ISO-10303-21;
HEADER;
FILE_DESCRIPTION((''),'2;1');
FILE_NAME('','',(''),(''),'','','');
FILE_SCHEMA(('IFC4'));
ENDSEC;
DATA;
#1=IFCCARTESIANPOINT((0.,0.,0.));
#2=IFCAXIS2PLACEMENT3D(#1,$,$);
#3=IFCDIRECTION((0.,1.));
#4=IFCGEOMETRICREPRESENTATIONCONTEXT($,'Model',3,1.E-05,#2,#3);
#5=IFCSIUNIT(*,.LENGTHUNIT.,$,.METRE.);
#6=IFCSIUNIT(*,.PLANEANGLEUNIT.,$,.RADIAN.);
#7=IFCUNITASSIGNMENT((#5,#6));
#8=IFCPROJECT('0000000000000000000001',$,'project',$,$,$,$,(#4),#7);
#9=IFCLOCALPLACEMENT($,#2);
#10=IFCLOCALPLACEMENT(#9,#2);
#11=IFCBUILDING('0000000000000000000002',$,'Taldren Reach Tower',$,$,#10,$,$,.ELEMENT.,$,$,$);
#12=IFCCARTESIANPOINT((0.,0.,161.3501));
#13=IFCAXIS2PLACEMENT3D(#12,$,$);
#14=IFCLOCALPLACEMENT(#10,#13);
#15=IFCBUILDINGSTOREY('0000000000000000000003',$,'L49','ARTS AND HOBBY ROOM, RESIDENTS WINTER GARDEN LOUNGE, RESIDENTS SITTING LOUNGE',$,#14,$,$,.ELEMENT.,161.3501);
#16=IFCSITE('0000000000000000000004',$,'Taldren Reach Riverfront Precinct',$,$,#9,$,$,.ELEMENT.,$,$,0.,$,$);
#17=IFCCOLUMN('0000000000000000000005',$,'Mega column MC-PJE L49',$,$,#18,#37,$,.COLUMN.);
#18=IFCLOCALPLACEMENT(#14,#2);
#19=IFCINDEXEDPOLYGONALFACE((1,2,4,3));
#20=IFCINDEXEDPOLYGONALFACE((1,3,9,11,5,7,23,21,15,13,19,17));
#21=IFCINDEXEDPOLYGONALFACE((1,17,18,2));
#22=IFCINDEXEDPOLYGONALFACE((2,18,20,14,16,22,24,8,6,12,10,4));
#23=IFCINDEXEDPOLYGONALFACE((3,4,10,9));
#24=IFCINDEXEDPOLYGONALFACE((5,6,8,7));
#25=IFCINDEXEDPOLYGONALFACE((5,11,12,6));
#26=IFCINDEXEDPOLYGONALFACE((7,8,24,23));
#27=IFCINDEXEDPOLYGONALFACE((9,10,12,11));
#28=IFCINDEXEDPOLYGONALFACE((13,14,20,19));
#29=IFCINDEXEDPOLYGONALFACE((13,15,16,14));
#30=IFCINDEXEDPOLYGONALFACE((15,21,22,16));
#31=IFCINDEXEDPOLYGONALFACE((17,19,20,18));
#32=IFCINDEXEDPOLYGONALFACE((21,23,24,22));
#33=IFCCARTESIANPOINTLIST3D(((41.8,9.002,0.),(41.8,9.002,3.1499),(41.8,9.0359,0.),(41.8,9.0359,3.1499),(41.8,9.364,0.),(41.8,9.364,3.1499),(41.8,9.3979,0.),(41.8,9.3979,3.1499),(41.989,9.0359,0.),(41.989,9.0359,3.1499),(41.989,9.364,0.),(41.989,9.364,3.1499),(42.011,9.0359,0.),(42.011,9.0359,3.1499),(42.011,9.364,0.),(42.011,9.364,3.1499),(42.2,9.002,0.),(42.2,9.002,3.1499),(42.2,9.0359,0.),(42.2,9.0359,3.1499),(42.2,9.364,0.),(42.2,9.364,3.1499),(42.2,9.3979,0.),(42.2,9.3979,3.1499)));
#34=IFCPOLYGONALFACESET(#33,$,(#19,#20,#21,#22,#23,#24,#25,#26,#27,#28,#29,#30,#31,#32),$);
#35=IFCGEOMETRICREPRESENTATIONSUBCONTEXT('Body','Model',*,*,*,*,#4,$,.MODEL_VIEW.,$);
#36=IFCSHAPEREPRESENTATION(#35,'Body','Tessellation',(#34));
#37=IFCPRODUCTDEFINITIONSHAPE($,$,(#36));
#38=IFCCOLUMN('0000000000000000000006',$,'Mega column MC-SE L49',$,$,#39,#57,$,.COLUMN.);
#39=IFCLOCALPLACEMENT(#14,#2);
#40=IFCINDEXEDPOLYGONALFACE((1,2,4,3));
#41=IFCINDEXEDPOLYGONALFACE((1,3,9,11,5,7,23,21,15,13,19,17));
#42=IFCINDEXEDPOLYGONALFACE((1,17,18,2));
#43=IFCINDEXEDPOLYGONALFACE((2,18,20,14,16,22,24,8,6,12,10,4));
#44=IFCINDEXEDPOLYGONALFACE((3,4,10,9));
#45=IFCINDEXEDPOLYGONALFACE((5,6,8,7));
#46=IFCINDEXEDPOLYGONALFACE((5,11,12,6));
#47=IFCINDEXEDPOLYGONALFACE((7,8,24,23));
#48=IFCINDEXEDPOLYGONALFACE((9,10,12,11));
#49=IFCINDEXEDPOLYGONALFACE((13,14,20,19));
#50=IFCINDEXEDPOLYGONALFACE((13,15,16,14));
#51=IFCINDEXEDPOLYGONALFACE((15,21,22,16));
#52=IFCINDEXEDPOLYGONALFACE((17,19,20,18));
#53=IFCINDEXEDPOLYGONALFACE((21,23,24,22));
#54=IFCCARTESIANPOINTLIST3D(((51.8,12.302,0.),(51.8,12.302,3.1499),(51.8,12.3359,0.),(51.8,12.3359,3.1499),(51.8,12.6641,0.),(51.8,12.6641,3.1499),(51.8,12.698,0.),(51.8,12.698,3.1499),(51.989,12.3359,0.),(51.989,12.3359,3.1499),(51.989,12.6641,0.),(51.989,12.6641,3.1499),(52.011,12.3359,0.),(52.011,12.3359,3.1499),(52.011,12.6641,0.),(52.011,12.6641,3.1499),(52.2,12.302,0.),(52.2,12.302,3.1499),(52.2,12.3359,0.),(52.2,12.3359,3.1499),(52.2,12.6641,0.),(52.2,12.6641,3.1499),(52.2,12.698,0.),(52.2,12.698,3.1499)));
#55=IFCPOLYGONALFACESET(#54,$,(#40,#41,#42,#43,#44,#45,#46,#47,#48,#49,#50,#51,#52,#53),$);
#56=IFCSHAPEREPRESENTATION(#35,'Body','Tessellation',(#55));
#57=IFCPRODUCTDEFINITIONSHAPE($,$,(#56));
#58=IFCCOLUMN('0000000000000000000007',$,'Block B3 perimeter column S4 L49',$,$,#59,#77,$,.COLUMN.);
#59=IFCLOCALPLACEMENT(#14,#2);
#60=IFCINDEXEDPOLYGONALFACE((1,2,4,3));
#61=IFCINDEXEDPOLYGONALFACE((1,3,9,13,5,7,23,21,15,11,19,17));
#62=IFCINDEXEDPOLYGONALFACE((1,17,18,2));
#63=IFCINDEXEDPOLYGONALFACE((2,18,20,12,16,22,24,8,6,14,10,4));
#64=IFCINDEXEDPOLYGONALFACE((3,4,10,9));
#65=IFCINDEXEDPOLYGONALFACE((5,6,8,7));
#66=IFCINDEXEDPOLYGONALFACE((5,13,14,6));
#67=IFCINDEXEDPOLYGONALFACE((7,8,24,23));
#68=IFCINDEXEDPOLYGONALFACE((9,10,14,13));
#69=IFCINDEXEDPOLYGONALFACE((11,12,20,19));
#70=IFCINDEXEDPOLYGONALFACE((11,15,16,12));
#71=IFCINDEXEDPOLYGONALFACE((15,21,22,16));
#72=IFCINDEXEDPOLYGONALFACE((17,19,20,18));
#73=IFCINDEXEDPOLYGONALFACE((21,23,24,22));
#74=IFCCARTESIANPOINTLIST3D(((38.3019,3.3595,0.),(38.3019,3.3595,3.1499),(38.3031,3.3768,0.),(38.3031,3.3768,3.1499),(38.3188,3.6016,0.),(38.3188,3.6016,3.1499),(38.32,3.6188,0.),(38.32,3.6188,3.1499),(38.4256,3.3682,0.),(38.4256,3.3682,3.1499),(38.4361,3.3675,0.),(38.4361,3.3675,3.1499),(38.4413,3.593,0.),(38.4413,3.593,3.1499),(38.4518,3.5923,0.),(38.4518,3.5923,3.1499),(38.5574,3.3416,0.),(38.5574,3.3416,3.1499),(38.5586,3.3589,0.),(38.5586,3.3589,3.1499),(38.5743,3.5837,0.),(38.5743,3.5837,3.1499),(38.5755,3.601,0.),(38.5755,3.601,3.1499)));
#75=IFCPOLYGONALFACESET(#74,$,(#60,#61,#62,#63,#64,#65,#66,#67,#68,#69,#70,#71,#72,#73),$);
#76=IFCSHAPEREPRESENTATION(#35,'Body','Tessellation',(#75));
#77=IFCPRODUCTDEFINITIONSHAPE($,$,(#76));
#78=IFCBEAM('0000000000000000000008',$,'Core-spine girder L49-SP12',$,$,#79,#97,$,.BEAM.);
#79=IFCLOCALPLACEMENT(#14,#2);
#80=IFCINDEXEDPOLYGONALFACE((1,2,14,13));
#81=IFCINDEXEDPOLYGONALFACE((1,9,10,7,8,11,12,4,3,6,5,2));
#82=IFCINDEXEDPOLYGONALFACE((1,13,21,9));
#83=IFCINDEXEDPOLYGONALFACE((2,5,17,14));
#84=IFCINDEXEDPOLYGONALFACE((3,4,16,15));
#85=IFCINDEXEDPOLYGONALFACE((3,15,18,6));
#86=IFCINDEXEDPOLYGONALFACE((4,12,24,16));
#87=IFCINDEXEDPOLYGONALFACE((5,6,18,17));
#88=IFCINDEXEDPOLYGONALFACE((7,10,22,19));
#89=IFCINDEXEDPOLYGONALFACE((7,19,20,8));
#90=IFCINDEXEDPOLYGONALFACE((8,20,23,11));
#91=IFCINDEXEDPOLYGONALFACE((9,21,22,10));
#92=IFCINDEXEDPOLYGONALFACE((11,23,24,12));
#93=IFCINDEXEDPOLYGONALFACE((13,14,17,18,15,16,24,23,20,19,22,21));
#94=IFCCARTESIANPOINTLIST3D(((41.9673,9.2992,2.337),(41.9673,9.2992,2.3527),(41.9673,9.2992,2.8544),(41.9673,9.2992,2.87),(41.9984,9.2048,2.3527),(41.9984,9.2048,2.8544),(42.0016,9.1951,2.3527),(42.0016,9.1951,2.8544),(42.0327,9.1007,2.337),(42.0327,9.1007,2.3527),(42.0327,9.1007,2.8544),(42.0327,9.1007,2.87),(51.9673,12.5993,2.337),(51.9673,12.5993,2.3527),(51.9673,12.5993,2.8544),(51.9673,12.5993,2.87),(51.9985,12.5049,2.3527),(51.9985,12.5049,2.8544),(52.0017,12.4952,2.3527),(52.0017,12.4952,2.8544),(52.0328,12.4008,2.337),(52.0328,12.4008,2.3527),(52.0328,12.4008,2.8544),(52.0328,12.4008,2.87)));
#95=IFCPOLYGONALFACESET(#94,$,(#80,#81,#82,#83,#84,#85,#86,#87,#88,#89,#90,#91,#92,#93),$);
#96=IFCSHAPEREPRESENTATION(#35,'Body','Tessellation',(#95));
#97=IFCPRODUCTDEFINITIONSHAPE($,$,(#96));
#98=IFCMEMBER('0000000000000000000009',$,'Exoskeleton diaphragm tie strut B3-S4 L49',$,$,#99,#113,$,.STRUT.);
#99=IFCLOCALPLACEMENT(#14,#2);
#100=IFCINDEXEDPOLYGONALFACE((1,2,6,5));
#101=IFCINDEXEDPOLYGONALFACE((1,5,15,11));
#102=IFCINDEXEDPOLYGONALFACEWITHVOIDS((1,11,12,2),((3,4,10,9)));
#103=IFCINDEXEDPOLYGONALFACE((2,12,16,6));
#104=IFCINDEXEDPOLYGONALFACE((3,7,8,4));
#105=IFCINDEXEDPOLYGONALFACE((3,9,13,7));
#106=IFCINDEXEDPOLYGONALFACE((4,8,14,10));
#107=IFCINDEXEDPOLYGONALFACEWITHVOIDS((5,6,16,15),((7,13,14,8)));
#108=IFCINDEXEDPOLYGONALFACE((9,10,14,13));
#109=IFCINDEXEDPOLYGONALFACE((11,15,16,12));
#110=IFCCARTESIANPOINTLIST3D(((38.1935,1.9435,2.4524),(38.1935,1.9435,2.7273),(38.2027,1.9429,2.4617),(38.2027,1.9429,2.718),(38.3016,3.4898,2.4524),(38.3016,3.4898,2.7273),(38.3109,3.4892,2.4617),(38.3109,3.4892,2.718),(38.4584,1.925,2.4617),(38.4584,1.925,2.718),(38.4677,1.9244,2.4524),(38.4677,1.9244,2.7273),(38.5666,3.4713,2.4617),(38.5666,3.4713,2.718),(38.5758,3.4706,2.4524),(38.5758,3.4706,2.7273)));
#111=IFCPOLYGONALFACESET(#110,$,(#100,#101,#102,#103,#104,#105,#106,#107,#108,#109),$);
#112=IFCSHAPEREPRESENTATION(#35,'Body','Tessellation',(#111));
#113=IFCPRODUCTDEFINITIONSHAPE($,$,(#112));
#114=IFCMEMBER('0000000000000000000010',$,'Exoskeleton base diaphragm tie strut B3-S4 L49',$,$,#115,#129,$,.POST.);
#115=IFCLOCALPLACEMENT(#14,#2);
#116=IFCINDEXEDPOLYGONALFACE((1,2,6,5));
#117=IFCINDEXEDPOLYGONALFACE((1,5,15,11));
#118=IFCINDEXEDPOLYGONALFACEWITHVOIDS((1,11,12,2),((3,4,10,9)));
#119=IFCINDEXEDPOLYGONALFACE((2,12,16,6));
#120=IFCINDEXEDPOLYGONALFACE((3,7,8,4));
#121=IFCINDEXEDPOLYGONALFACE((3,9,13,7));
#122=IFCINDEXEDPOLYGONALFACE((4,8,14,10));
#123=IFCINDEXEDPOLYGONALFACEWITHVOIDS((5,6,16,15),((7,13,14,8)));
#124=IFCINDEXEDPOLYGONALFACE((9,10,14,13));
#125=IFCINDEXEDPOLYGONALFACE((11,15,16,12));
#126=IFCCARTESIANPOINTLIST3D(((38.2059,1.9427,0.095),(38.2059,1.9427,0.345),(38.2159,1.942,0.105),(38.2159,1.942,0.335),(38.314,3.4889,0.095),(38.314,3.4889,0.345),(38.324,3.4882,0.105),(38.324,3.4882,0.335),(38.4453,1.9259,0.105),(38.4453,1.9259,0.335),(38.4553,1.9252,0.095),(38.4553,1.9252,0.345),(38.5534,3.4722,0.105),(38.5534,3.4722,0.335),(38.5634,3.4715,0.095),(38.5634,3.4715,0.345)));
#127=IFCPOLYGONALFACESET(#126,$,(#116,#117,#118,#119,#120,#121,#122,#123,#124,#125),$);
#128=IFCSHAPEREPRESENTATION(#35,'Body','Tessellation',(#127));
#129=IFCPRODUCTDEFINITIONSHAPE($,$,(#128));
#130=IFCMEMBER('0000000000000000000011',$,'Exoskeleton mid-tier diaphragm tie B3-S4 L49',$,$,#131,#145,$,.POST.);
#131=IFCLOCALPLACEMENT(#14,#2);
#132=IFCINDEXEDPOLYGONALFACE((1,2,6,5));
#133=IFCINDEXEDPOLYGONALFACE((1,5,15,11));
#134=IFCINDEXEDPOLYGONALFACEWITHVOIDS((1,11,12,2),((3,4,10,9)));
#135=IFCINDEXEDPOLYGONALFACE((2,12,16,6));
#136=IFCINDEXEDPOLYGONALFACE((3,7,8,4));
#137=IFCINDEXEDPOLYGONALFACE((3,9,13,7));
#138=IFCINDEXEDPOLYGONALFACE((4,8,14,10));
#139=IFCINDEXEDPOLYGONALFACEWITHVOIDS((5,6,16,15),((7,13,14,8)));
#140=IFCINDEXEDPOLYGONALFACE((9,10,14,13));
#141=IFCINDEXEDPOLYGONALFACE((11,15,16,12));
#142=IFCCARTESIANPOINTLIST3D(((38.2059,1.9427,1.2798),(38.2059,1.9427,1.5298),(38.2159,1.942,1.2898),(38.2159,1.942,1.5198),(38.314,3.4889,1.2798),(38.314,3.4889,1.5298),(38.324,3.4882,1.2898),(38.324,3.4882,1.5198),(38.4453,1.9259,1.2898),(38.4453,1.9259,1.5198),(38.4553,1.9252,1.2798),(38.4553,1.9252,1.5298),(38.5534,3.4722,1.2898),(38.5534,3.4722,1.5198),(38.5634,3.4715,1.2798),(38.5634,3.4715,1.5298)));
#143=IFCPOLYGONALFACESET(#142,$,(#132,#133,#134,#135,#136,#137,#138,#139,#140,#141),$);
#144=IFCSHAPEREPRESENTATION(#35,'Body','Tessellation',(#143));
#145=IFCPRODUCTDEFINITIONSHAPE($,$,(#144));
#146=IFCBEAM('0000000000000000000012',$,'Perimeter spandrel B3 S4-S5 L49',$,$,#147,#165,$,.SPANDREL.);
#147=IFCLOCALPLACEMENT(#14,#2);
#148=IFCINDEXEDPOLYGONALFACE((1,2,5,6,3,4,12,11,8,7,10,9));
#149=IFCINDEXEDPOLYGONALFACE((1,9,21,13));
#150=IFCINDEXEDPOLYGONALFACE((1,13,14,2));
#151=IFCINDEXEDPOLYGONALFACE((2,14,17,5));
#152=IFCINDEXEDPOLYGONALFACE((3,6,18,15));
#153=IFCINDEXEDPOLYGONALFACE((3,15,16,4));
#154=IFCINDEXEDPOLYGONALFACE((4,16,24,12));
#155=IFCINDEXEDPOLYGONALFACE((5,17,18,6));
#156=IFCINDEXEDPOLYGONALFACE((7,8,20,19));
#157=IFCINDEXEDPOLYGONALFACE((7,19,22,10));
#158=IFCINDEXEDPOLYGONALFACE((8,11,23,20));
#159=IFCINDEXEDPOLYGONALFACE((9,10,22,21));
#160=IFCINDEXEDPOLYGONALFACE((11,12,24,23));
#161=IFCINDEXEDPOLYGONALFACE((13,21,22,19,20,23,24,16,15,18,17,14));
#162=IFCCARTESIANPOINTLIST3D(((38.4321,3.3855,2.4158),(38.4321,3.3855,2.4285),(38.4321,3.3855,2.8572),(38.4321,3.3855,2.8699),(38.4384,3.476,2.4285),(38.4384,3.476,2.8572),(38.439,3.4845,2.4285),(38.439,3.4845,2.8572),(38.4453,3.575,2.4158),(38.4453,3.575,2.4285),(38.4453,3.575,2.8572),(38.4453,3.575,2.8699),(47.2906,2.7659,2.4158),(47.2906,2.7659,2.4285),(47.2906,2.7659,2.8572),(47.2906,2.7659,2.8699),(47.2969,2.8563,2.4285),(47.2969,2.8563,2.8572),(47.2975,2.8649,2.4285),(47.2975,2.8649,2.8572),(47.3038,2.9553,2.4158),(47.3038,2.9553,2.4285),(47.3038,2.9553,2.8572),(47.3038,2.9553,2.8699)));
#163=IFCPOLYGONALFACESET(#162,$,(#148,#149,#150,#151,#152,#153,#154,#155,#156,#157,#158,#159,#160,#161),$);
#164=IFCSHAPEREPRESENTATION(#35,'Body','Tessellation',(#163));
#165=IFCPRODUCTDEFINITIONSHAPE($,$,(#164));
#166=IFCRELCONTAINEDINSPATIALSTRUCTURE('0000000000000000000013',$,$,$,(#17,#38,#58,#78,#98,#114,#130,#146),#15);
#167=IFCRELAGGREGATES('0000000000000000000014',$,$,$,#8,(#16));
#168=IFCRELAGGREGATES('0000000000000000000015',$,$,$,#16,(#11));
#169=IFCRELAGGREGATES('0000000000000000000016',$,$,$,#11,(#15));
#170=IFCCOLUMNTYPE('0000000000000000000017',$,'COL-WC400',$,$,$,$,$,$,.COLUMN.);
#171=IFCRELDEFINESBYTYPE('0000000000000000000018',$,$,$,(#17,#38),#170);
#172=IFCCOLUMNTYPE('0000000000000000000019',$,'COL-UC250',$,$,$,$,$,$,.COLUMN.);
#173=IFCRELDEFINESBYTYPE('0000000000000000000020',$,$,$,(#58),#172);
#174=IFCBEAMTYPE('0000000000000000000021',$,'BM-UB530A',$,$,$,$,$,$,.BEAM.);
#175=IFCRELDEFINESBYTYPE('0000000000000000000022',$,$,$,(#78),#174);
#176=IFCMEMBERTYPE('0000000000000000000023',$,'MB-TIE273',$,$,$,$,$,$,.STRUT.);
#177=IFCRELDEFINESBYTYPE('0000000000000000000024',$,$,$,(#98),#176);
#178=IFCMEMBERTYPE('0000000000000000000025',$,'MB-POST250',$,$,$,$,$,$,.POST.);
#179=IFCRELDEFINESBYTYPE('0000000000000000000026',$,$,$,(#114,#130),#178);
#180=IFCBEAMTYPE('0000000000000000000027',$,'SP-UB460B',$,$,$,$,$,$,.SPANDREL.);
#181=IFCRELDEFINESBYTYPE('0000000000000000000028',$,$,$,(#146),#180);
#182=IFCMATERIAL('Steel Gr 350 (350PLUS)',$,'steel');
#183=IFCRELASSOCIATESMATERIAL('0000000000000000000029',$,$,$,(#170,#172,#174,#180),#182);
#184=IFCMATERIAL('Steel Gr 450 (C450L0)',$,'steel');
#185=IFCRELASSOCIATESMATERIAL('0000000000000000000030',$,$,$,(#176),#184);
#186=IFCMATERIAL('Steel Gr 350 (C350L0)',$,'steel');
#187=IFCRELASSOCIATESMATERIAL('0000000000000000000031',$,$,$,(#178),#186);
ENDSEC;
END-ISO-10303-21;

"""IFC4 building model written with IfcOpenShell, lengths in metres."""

from ifc_helpers import new_model, si_unit, direction, frame, origin, origin_2d, place, context, subcontext, project, spatial, hollow_rectangle, i_section, extrude, source, transform, mapped, material, material_profile, profile_set, type_object, element, save


model = new_model("IFC4")

# Units and contexts
model_context = context("Model", 3, precision=1e-05, world=origin(), true_north=direction((0.0, 1.0)))
body_context = subcontext(model_context, "Body", "Model", "MODEL_VIEW")
ifc_project = project(units=[si_unit("LENGTHUNIT", "METRE"), si_unit("PLANEANGLEUNIT", "RADIAN")], contexts=[model_context])

# Site, building, storey
site_placement = place(None, origin())
site = spatial("IfcSite", under=ifc_project, at=site_placement, Name="Taldren Reach Riverfront Precinct", CompositionType="ELEMENT", RefElevation=0.0)
building_placement = place(site_placement, origin())
building = spatial("IfcBuilding", under=site, at=building_placement, Name="Taldren Reach Tower", CompositionType="ELEMENT")
storey_placement = place(building_placement, frame((0.0, 0.0, 161.3501)))
storey = spatial("IfcBuildingStorey", under=building, at=storey_placement, Name="L49", Description="ARTS AND HOBBY ROOM, RESIDENTS WINTER GARDEN LOUNGE, RESIDENTS SITTING LOUNGE", CompositionType="ELEMENT", Elevation=161.3501)

# Columns
ifc_material_1 = material(Name="Steel Gr 350 (350PLUS)", Category="steel")
ifc_material_profile_1 = material_profile(ifc_material_1, i_section(OverallWidth=0.3999, OverallDepth=0.396, WebThickness=0.022, FlangeThickness=0.0339, at=origin_2d()), Name="400WC270")
ifc_profile_set_1 = profile_set([ifc_material_profile_1], Name="Steel Gr 350 (350PLUS)")
column_type_1 = type_object("IfcColumnType", Name="COL-WC400", PredefinedType="COLUMN", material=ifc_profile_set_1)
shared_shape_1 = source(origin(), body_context, "Body", "SweptSolid", [
    extrude(i_section(OverallWidth=0.3999, OverallDepth=0.396, WebThickness=0.022, FlangeThickness=0.0339, at=origin_2d()), origin(), (0.0, 0.0, 1.0), 3.1499),
])
for number, where, z_axis, x_axis, name in (
    (1, (42.0, 9.2, 0.0), (0.0, 0.0, 1.0), (1.0, 0.0, 0.0), "Mega column MC-PJE L49"),
    (2, (52.0, 12.5, 0.0), (0.0, 0.0, 1.0), (1.0, 0.0, 0.0), "Mega column MC-SE L49"),
):
    element("IfcColumn", number, at=place(storey_placement, frame(where, z_axis=z_axis, x_axis=x_axis)), inside=storey, type_object=column_type_1, Name=name, PredefinedType="COLUMN", context=body_context, shape_type="MappedRepresentation", body=[
        mapped(shared_shape_1, transform((0.0, 0.0, 0.0), scale=1.0)),
    ])
ifc_material_profile_2 = material_profile(ifc_material_1, i_section(OverallWidth=0.2561, OverallDepth=0.26, WebThickness=0.0105, FlangeThickness=0.0173, at=origin_2d()), Name="250UC89.5")
ifc_profile_set_2 = profile_set([ifc_material_profile_2], Name="Steel Gr 350 (350PLUS)")
column_type_2 = type_object("IfcColumnType", Name="COL-UC250", PredefinedType="COLUMN", material=ifc_profile_set_2)
shared_shape_2 = source(origin(), body_context, "Body", "SweptSolid", [
    extrude(i_section(OverallWidth=0.2561, OverallDepth=0.26, WebThickness=0.0105, FlangeThickness=0.0173, at=origin_2d()), origin(), (0.0, 0.0, 1.0), 3.1499),
])
column_placement = place(storey_placement, frame((38.4387, 3.4802, 0.0), z_axis=(0.0, 0.0, 1.0), x_axis=(0.997564, -0.069756, 0.0)))
element("IfcColumn", 3, at=column_placement, inside=storey, type_object=column_type_2, Name="Block B3 perimeter column S4 L49", PredefinedType="COLUMN", context=body_context, shape_type="MappedRepresentation", body=[
    mapped(shared_shape_2, transform((0.0, 0.0, 0.0), scale=1.0)),
])

# Beam
ifc_material_profile_3 = material_profile(ifc_material_1, i_section(OverallWidth=0.209, OverallDepth=0.533, WebThickness=0.0103, FlangeThickness=0.0156, at=origin_2d()), Name="530UB92.4")
ifc_profile_set_3 = profile_set([ifc_material_profile_3], Name="Steel Gr 350 (350PLUS)")
beam_type_1 = type_object("IfcBeamType", Name="BM-UB530A", PredefinedType="BEAM", material=ifc_profile_set_3)
shared_shape_3 = source(origin(), body_context, "Body", "SweptSolid", [
    extrude(i_section(OverallWidth=0.209, OverallDepth=0.533, WebThickness=0.0103, FlangeThickness=0.0156, at=origin_2d()), origin(), (0.0, 0.0, 1.0), 10.5305),
])
beam_1_placement = place(storey_placement, frame((42.0, 9.2, 2.6035), z_axis=(0.949627, 0.313382, 0.0), x_axis=(-0.313382, 0.949627, 0.0)))
element("IfcBeam", 4, at=beam_1_placement, inside=storey, type_object=beam_type_1, Name="Core-spine girder L49-SP12", PredefinedType="BEAM", context=body_context, shape_type="MappedRepresentation", body=[
    mapped(shared_shape_3, transform((0.0, 0.0, 0.0), scale=1.0)),
])

# Members
ifc_material_2 = material(Name="Steel Gr 450 (C450L0)", Category="steel")
ifc_material_profile_4 = material_profile(ifc_material_2, hollow_rectangle(XDim=0.2749, YDim=0.2749, WallThickness=0.0093, at=origin_2d()), Name="275x275x9.3SHS")
ifc_profile_set_4 = profile_set([ifc_material_profile_4], Name="Steel Gr 450 (C450L0)")
member_type_1 = type_object("IfcMemberType", Name="MB-TIE273", PredefinedType="STRUT", material=ifc_profile_set_4)
shared_shape_4 = source(origin(), body_context, "Body", "SweptSolid", [
    extrude(hollow_rectangle(XDim=0.2749, YDim=0.2749, WallThickness=0.0093, at=origin_2d()), origin(), (0.0, 0.0, 1.0), 1.55),
])
member_placement = place(storey_placement, frame((38.4387, 3.4802, 2.5898), z_axis=(-0.06977, -0.997563, 0.0), x_axis=(0.997563, -0.06977, 0.0)))
element("IfcMember", 5, at=member_placement, inside=storey, type_object=member_type_1, Name="Exoskeleton diaphragm tie strut B3-S4 L49", PredefinedType="STRUT", context=body_context, shape_type="MappedRepresentation", body=[
    mapped(shared_shape_4, transform((0.0, 0.0, 0.0), scale=1.0)),
])
ifc_material_3 = material(Name="Steel Gr 350 (C350L0)", Category="steel")
ifc_material_profile_5 = material_profile(ifc_material_3, hollow_rectangle(XDim=0.25, YDim=0.25, WallThickness=0.01, at=origin_2d()), Name="250x250x10.0SHS")
ifc_profile_set_5 = profile_set([ifc_material_profile_5], Name="Steel Gr 350 (C350L0)")
member_type_2 = type_object("IfcMemberType", Name="MB-POST250", PredefinedType="POST", material=ifc_profile_set_5)
shared_shape_5 = source(origin(), body_context, "Body", "SweptSolid", [
    extrude(hollow_rectangle(XDim=0.25, YDim=0.25, WallThickness=0.01, at=origin_2d()), origin(), (0.0, 0.0, 1.0), 1.55),
])
for number, where, z_axis, x_axis, name in (
    (6, (38.4387, 3.4802, 0.22), (-0.06977, -0.997563, 0.0), (0.997563, -0.06977, 0.0), "Exoskeleton base diaphragm tie strut B3-S4 L49"),
    (7, (38.4387, 3.4802, 1.4048), (-0.06977, -0.997563, 0.0), (0.997563, -0.06977, 0.0), "Exoskeleton mid-tier diaphragm tie B3-S4 L49"),
):
    element("IfcMember", number, at=place(storey_placement, frame(where, z_axis=z_axis, x_axis=x_axis)), inside=storey, type_object=member_type_2, Name=name, PredefinedType="POST", context=body_context, shape_type="MappedRepresentation", body=[
        mapped(shared_shape_5, transform((0.0, 0.0, 0.0), scale=1.0)),
    ])

# Beam
ifc_material_profile_6 = material_profile(ifc_material_1, i_section(OverallWidth=0.1899, OverallDepth=0.4541, WebThickness=0.0085, FlangeThickness=0.0127, at=origin_2d()), Name="460UB67.1")
ifc_profile_set_6 = profile_set([ifc_material_profile_6], Name="Steel Gr 350 (350PLUS)")
beam_type_2 = type_object("IfcBeamType", Name="SP-UB460B", PredefinedType="SPANDREL", material=ifc_profile_set_6)
shared_shape_6 = source(origin(), body_context, "Body", "SweptSolid", [
    extrude(i_section(OverallWidth=0.1899, OverallDepth=0.4541, WebThickness=0.0085, FlangeThickness=0.0127, at=origin_2d()), origin(), (0.0, 0.0, 1.0), 8.8801),
])
beam_2_placement = place(storey_placement, frame((38.4387, 3.4802, 2.6428), z_axis=(0.997563, -0.069778, 0.0), x_axis=(0.069778, 0.997563, 0.0)))
element("IfcBeam", 8, at=beam_2_placement, inside=storey, type_object=beam_type_2, Name="Perimeter spandrel B3 S4-S5 L49", PredefinedType="SPANDREL", context=body_context, shape_type="MappedRepresentation", body=[
    mapped(shared_shape_6, transform((0.0, 0.0, 0.0), scale=1.0)),
])

save(model, "model.ifc")
